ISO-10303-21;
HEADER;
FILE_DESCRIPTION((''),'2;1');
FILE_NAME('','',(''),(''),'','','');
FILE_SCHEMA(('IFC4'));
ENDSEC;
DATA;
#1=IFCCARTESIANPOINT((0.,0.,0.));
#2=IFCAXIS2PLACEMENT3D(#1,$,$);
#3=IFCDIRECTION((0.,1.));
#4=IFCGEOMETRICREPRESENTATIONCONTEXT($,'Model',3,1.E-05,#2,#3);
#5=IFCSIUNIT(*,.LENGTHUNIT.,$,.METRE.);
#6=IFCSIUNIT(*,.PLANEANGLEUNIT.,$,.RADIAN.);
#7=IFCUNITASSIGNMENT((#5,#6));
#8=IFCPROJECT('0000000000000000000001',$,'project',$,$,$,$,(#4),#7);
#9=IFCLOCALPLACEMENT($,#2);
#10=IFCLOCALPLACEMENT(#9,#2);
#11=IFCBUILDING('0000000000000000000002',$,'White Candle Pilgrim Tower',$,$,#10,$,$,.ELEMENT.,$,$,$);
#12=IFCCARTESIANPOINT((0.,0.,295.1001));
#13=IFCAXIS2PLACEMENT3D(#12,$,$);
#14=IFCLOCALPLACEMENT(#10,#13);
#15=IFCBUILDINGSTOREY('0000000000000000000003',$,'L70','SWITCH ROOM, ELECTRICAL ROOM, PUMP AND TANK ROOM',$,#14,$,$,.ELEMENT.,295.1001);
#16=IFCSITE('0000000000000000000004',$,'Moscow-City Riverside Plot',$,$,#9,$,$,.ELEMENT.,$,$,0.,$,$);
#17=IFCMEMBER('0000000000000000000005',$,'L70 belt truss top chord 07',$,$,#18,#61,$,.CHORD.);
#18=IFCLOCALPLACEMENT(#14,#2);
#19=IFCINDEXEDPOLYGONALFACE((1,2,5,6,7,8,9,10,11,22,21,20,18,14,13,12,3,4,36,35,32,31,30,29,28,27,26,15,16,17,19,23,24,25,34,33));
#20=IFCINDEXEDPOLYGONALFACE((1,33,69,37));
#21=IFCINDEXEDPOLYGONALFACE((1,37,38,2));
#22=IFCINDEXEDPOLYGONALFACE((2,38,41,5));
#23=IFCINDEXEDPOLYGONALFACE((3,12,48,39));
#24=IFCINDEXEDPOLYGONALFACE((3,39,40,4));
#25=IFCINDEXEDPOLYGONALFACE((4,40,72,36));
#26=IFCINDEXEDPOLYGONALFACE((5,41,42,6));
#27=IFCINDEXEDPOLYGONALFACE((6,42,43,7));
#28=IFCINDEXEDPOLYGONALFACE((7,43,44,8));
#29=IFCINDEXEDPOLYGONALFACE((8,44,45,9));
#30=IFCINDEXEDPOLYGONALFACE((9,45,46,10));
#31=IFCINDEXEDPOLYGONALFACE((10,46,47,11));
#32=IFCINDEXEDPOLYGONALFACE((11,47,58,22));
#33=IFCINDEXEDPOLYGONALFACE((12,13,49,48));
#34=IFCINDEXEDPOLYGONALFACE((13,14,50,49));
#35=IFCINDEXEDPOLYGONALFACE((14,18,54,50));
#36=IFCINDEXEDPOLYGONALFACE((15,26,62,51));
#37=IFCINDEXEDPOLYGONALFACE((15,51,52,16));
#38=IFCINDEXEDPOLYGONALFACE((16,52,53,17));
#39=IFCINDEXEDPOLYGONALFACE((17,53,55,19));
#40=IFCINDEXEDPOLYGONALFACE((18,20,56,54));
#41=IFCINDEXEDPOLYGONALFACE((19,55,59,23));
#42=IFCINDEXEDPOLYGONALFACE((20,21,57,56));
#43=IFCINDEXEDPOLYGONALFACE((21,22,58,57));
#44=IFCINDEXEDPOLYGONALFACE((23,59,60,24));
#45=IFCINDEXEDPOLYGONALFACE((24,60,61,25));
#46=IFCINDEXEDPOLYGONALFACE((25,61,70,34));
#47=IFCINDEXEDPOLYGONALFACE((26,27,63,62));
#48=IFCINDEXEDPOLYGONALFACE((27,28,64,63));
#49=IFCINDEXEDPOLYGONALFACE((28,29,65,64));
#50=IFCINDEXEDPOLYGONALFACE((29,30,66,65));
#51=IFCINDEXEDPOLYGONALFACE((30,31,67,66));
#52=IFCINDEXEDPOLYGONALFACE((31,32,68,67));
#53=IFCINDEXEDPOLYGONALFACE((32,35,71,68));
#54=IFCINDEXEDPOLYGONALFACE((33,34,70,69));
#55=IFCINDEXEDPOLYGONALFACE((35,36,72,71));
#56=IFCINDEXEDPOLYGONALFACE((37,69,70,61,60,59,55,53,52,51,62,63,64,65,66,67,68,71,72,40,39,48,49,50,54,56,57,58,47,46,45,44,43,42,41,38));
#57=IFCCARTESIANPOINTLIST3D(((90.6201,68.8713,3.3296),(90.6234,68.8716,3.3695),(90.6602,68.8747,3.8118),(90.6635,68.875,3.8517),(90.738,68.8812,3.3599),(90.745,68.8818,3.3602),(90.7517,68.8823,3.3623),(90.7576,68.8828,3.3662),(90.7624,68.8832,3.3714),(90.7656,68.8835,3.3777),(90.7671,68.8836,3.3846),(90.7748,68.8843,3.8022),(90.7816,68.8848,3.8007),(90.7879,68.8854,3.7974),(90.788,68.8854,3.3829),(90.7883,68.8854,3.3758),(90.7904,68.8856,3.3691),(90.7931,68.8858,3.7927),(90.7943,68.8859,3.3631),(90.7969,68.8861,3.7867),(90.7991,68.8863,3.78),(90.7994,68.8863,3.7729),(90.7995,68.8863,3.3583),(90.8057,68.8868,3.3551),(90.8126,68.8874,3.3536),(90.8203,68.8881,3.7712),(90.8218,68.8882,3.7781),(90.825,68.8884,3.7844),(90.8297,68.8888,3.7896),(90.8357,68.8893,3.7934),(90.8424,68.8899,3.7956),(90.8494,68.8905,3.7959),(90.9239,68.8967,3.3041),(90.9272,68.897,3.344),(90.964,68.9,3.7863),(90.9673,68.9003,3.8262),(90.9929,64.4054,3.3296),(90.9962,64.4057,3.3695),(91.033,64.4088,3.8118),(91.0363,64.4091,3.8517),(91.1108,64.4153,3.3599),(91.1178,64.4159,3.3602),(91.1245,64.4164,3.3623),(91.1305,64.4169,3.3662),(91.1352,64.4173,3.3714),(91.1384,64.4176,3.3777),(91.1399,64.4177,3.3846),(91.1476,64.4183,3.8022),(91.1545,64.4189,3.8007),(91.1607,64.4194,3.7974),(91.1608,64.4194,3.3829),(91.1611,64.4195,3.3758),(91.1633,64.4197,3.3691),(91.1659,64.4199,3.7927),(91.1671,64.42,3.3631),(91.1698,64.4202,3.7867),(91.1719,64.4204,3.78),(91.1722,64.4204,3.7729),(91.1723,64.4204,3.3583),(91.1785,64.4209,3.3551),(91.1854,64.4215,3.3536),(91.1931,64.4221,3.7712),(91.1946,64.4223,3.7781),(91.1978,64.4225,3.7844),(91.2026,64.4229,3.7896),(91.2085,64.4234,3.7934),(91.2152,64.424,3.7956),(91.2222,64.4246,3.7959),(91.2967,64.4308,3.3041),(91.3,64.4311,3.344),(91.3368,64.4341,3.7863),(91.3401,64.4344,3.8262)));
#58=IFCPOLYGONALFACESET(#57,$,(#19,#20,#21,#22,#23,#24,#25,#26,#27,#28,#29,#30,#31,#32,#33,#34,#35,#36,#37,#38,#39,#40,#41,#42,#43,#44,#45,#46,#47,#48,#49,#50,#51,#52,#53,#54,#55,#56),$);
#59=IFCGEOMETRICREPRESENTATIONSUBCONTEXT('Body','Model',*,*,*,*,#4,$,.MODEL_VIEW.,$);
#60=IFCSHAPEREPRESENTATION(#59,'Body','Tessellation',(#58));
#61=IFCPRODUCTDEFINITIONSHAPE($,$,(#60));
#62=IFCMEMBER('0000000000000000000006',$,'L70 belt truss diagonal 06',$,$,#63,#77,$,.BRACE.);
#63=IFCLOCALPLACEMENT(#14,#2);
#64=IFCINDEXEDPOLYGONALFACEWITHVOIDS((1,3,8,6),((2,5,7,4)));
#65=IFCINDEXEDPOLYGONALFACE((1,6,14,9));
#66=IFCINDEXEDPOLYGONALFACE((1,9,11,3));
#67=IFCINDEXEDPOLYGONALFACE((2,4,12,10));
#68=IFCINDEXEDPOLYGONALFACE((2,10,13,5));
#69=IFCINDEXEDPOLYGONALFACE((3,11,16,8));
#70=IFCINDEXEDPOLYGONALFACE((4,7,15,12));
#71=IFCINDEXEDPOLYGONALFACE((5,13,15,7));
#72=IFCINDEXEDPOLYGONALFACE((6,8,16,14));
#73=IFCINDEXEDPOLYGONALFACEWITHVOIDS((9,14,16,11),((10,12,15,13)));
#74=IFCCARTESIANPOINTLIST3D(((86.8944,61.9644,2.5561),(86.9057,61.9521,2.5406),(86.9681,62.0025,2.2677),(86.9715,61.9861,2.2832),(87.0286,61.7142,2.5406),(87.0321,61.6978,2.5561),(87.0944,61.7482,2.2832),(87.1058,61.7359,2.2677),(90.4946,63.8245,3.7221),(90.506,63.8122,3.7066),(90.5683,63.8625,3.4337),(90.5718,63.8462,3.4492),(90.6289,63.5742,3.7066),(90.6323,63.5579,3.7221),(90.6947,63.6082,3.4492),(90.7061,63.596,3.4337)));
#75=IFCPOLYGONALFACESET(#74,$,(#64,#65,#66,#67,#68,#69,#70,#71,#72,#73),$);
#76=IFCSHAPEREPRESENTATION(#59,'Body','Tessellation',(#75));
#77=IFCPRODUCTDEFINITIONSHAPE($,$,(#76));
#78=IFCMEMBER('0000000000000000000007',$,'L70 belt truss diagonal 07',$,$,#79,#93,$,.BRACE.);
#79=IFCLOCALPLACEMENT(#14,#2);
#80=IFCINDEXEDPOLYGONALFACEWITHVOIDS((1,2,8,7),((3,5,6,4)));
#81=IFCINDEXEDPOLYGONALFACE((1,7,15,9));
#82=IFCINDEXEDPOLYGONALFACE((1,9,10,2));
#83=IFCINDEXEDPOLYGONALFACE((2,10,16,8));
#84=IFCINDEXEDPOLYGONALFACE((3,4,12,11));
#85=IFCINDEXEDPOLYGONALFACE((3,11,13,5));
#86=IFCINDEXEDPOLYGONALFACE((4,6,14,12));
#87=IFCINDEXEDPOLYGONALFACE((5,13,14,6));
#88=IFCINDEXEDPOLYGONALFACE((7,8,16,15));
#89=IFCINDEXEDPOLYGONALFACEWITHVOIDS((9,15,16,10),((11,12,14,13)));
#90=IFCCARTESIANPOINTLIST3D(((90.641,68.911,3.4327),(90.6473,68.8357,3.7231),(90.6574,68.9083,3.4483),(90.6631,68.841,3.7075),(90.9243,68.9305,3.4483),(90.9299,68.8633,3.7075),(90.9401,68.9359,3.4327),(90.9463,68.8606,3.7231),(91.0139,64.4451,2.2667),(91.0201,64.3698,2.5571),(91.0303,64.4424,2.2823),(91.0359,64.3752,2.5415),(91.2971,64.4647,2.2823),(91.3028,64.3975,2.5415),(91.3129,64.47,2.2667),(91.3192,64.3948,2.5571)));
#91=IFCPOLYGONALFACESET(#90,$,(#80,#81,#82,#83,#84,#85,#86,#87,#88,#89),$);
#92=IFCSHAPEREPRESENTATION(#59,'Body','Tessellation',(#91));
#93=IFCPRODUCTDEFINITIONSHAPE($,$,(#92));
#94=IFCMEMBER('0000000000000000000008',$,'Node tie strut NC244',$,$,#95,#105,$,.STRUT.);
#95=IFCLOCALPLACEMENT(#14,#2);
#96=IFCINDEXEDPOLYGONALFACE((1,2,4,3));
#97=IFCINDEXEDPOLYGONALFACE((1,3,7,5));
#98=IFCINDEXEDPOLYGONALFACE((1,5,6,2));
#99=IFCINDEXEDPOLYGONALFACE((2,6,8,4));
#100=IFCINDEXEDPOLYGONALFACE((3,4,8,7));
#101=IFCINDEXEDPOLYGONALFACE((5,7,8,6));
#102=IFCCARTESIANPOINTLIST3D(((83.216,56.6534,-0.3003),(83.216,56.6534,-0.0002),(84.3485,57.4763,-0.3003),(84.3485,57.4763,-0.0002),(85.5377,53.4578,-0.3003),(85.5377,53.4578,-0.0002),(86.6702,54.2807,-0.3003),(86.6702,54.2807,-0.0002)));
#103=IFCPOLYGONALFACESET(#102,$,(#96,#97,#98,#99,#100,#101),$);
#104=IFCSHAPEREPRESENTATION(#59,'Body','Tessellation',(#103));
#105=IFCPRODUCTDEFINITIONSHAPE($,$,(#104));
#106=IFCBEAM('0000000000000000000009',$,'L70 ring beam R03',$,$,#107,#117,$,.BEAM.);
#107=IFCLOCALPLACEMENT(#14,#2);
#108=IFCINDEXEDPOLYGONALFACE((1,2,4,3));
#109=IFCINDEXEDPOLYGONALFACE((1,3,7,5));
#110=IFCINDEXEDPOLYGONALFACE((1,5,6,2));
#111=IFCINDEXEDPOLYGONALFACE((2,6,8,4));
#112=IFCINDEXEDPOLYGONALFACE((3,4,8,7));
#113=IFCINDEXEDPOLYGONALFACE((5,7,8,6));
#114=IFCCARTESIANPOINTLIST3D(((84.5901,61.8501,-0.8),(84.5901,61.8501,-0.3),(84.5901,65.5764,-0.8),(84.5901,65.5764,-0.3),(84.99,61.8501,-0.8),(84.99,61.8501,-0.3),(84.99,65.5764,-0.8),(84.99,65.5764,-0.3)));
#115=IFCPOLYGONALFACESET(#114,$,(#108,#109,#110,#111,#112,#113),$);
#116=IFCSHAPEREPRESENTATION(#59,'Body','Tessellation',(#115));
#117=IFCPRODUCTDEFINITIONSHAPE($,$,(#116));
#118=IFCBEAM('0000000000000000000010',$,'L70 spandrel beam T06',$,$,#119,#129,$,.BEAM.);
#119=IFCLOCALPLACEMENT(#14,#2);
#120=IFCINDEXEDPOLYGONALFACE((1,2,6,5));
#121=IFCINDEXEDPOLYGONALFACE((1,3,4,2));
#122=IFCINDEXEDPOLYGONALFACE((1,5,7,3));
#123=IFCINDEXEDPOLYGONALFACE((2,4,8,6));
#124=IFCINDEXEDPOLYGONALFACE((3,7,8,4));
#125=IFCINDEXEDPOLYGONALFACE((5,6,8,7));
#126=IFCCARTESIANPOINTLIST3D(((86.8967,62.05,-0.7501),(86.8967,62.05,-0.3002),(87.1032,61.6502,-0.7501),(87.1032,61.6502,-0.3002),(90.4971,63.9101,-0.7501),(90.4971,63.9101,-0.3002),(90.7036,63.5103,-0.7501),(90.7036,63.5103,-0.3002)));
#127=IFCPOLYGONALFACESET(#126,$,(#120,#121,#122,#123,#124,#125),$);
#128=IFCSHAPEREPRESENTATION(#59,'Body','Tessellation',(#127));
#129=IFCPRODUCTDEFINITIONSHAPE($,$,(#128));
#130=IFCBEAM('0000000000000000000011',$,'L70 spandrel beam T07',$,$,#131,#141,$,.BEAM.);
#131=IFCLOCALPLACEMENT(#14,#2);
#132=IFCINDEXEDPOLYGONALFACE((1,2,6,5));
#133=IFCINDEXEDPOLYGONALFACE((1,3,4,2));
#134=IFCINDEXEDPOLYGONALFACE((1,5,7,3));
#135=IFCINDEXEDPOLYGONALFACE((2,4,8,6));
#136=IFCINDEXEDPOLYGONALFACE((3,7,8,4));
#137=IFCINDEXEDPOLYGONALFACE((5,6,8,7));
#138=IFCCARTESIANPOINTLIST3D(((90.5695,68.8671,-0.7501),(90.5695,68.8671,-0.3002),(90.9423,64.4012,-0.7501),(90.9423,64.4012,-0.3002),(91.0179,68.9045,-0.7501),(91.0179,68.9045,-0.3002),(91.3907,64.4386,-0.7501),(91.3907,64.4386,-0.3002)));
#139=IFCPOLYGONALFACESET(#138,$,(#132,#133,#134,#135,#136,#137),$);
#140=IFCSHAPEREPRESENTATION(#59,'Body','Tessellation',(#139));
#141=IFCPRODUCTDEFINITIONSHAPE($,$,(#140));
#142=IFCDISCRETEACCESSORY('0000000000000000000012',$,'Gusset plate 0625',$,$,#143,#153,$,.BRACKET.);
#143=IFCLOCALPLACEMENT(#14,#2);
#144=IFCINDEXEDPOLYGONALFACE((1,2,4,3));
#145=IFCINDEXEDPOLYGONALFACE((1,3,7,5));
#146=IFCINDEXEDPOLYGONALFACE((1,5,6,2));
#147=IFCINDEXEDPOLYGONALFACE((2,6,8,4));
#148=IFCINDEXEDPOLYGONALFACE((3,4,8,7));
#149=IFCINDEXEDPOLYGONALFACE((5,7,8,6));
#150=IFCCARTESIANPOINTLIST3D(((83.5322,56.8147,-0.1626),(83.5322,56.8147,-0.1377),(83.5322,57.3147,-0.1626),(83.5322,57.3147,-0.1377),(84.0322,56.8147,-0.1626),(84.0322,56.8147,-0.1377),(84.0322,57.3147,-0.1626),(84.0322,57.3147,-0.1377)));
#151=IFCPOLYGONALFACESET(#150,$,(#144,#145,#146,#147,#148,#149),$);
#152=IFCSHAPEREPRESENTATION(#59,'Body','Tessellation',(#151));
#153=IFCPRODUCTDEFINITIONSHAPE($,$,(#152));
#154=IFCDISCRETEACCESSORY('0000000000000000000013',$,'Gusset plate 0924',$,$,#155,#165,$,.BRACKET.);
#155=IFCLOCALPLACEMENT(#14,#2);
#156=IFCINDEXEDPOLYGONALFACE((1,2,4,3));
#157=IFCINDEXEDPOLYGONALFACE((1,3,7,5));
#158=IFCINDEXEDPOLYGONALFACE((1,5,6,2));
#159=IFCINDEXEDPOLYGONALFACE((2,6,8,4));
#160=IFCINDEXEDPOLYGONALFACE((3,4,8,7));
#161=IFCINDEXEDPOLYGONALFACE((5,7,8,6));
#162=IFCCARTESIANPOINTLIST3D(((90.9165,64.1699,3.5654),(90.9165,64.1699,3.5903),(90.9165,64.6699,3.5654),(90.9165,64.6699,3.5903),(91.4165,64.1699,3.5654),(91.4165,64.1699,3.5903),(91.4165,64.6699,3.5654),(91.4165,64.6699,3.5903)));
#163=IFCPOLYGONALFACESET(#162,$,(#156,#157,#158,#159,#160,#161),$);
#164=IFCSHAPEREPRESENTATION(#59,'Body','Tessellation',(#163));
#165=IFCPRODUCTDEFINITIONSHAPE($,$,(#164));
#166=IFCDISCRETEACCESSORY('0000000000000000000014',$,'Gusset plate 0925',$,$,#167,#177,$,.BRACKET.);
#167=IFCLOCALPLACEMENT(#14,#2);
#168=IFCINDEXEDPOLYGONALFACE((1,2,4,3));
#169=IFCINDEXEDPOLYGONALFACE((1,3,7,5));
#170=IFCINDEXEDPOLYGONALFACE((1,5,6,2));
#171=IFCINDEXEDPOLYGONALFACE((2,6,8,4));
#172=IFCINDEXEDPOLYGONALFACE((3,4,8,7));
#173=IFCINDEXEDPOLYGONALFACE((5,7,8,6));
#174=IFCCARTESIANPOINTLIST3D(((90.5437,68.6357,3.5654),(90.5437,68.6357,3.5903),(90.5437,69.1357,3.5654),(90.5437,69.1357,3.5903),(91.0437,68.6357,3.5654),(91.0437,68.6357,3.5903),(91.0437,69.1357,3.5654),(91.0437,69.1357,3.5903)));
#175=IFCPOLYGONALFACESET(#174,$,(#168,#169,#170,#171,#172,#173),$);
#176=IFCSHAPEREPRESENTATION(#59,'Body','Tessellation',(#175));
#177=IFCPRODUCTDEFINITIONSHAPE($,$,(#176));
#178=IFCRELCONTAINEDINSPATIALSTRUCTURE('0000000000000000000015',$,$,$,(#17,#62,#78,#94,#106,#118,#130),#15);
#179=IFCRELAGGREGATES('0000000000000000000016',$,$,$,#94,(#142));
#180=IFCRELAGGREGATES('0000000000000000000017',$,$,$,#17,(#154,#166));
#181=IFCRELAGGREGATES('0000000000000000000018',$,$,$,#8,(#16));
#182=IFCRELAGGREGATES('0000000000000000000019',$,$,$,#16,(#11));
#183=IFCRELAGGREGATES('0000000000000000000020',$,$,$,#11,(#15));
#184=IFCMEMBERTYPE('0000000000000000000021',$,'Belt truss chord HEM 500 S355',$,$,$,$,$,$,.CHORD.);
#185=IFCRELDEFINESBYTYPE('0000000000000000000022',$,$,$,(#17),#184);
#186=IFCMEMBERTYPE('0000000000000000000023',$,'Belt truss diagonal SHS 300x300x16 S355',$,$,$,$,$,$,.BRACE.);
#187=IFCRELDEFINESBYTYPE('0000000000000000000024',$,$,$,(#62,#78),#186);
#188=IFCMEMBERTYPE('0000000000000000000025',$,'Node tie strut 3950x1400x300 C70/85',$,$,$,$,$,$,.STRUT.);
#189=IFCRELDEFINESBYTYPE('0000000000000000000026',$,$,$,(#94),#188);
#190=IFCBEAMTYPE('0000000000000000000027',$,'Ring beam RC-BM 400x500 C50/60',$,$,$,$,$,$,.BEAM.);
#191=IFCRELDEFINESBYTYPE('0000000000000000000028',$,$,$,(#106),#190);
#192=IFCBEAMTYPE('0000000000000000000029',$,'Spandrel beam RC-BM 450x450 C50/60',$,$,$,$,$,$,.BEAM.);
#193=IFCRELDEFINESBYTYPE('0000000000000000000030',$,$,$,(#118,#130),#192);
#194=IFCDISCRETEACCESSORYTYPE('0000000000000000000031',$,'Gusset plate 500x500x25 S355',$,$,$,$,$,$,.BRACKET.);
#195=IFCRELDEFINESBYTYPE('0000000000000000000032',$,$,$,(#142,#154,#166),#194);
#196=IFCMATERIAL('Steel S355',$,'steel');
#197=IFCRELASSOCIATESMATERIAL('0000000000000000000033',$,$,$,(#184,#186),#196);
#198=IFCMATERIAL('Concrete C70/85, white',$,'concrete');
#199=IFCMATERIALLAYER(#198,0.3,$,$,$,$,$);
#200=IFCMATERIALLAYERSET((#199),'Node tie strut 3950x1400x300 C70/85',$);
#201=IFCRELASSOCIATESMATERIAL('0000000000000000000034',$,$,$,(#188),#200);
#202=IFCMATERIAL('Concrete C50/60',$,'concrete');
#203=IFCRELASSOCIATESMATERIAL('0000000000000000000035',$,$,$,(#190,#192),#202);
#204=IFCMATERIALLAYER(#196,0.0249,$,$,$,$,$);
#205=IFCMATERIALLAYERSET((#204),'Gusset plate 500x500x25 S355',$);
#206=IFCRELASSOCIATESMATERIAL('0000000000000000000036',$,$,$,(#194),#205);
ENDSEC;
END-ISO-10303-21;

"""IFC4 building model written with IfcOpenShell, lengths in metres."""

from ifc_helpers import new_model, si_unit, direction, frame, origin, origin_2d, place, context, subcontext, project, spatial, rectangle, hollow_rectangle, i_section, extrude, material, layer, layer_set, material_profile, profile_set, type_object, element, aggregate, save


model = new_model("IFC4")

# Units and contexts
model_context = context("Model", 3, precision=1e-05, world=origin(), true_north=direction((0.0, 1.0)))
body_context = subcontext(model_context, "Body", "Model", "MODEL_VIEW")
ifc_project = project(units=[si_unit("LENGTHUNIT", "METRE"), si_unit("PLANEANGLEUNIT", "RADIAN")], contexts=[model_context])

# Site, building, storey
site_placement = place(None, origin())
site = spatial("IfcSite", under=ifc_project, at=site_placement, Name="Moscow-City Riverside Plot", CompositionType="ELEMENT", RefElevation=0.0)
building_placement = place(site_placement, origin())
building = spatial("IfcBuilding", under=site, at=building_placement, Name="White Candle Pilgrim Tower", CompositionType="ELEMENT")
storey_placement = place(building_placement, frame((0.0, 0.0, 295.1001)))
storey = spatial("IfcBuildingStorey", under=building, at=storey_placement, Name="L70", Description="SWITCH ROOM, ELECTRICAL ROOM, PUMP AND TANK ROOM", CompositionType="ELEMENT", Elevation=295.1001)

# Member
ifc_material_1 = material(Name="Steel S355", Category="steel")
ifc_material_profile_1 = material_profile(ifc_material_1, i_section(OverallWidth=0.3059, OverallDepth=0.5239, WebThickness=0.021, FlangeThickness=0.04, FilletRadius=0.0271, at=origin_2d()), Name="HEM 500")
ifc_profile_set_1 = profile_set([ifc_material_profile_1], Name="Steel S355")
member_type_1 = type_object("IfcMemberType", Name="Belt truss chord HEM 500 S355", PredefinedType="CHORD", material=ifc_profile_set_1)
member_1_placement = place(storey_placement, frame((91.1665, 64.4199, 3.5779), z_axis=(-0.08319, 0.996534, 0.0), x_axis=(0.993078, 0.082901, -0.083212)))
member_1 = element("IfcMember", 1, at=member_1_placement, inside=storey, type_object=member_type_1, Name="L70 belt truss top chord 07", PredefinedType="CHORD", context=body_context, shape_type="SweptSolid", body=[
    extrude(i_section(OverallWidth=0.3059, OverallDepth=0.5239, WebThickness=0.021, FlangeThickness=0.04, FilletRadius=0.0271, at=origin_2d()), origin(), (0.0, 0.0, 1.0), 4.4814),
])

# Members
ifc_material_profile_2 = material_profile(ifc_material_1, hollow_rectangle(XDim=0.3, YDim=0.3, WallThickness=0.0161, at=origin_2d()), Name="SHS 300x300x16")
ifc_profile_set_2 = profile_set([ifc_material_profile_2], Name="Steel S355")
member_type_2 = type_object("IfcMemberType", Name="Belt truss diagonal SHS 300x300x16 S355", PredefinedType="BRACE", material=ifc_profile_set_2)
member_2_placement = place(storey_placement, frame((90.6003, 63.7102, 3.5779), z_axis=(-0.853793, -0.44111, -0.276512), x_axis=(0.459007, -0.888433, 0.0)))
element("IfcMember", 2, at=member_2_placement, inside=storey, type_object=member_type_2, Name="L70 belt truss diagonal 06", PredefinedType="BRACE", context=body_context, shape_type="SweptSolid", body=[
    extrude(hollow_rectangle(XDim=0.3, YDim=0.3, WallThickness=0.0161, at=origin_2d()), origin(), (0.0, 0.0, 1.0), 4.2168),
])
member_3_placement = place(storey_placement, frame((91.1665, 64.4199, 2.4119), z_axis=(-0.080509, 0.964422, 0.251809), x_axis=(-0.996534, -0.08319, 0.0)))
element("IfcMember", 3, at=member_3_placement, inside=storey, type_object=member_type_2, Name="L70 belt truss diagonal 07", PredefinedType="BRACE", context=body_context, shape_type="SweptSolid", body=[
    extrude(hollow_rectangle(XDim=0.3, YDim=0.3, WallThickness=0.0161, at=origin_2d()), origin(), (0.0, 0.0, 1.0), 4.6306),
])

# Member
ifc_material_2 = material(Name="Concrete C70/85, white", Category="concrete")
ifc_layer_1 = layer(ifc_material_2, 0.3)
ifc_layer_set_1 = layer_set([ifc_layer_1], Name="Node tie strut 3950x1400x300 C70/85")
member_type_3 = type_object("IfcMemberType", Name="Node tie strut 3950x1400x300 C70/85", PredefinedType="STRUT", material=ifc_layer_set_1)
member_4_placement = place(storey_placement, frame((84.9431, 55.467, -0.3003), z_axis=(0.0, 0.0, 1.0), x_axis=(0.809017, 0.587785, 0.0)))
member_4 = element("IfcMember", 4, at=member_4_placement, inside=storey, type_object=member_type_3, Name="Node tie strut NC244", PredefinedType="STRUT", context=body_context, shape_type="SweptSolid", body=[
    extrude(rectangle(XDim=1.3999, YDim=3.95, at=origin_2d()), origin(), (0.0, 0.0, 1.0), 0.3),
])

# Beams
ifc_material_3 = material(Name="Concrete C50/60", Category="concrete")
ifc_material_profile_3 = material_profile(ifc_material_3, rectangle(XDim=0.3999, YDim=0.5, at=origin_2d()), Name="RC-BM 400x500")
ifc_profile_set_3 = profile_set([ifc_material_profile_3], Name="Concrete C50/60")
beam_type_1 = type_object("IfcBeamType", Name="Ring beam RC-BM 400x500 C50/60", PredefinedType="BEAM", material=ifc_profile_set_3)
beam_1_placement = place(storey_placement, frame((84.79, 65.5764, -0.55), z_axis=(0.0, -1.0, 0.0), x_axis=(1.0, 0.0, 0.0)))
element("IfcBeam", 5, at=beam_1_placement, inside=storey, type_object=beam_type_1, Name="L70 ring beam R03", PredefinedType="BEAM", context=body_context, shape_type="SweptSolid", body=[
    extrude(rectangle(XDim=0.3999, YDim=0.5, at=origin_2d()), origin(), (0.0, 0.0, 1.0), 3.7263),
])
ifc_material_profile_4 = material_profile(ifc_material_3, rectangle(XDim=0.45, YDim=0.45, at=origin_2d()), Name="RC-BM 450x450")
ifc_profile_set_4 = profile_set([ifc_material_profile_4], Name="Concrete C50/60")
beam_type_2 = type_object("IfcBeamType", Name="Spandrel beam RC-BM 450x450 C50/60", PredefinedType="BEAM", material=ifc_profile_set_4)
beam_2_placement = place(storey_placement, frame((90.6003, 63.7102, -0.5251), z_axis=(-0.888433, -0.459007, 0.0), x_axis=(0.459007, -0.888433, 0.0)))
element("IfcBeam", 6, at=beam_2_placement, inside=storey, type_object=beam_type_2, Name="L70 spandrel beam T06", PredefinedType="BEAM", context=body_context, shape_type="SweptSolid", body=[
    extrude(rectangle(XDim=0.45, YDim=0.45, at=origin_2d()), origin(), (0.0, 0.0, 1.0), 4.0525),
])
beam_3_placement = place(storey_placement, frame((91.1665, 64.4199, -0.5251), z_axis=(-0.08319, 0.996534, 0.0), x_axis=(-0.996534, -0.08319, 0.0)))
element("IfcBeam", 7, at=beam_3_placement, inside=storey, type_object=beam_type_2, Name="L70 spandrel beam T07", PredefinedType="BEAM", context=body_context, shape_type="SweptSolid", body=[
    extrude(rectangle(XDim=0.45, YDim=0.45, at=origin_2d()), origin(), (0.0, 0.0, 1.0), 4.4814),
])

# Discrete accessories
ifc_layer_2 = layer(ifc_material_1, 0.0249)
ifc_layer_set_2 = layer_set([ifc_layer_2], Name="Gusset plate 500x500x25 S355")
discrete_accessory_type_1 = type_object("IfcDiscreteAccessoryType", Name="Gusset plate 500x500x25 S355", PredefinedType="BRACKET", material=ifc_layer_set_2)
discrete_accessory_1_placement = place(storey_placement, frame((83.7822, 57.0647, -0.1626), z_axis=(0.0, 0.0, 1.0), x_axis=(1.0, 0.0, 0.0)))
discrete_accessory_1 = element("IfcDiscreteAccessory", 8, at=discrete_accessory_1_placement, type_object=discrete_accessory_type_1, Name="Gusset plate 0625", PredefinedType="BRACKET", context=body_context, shape_type="SweptSolid", body=[
    extrude(rectangle(XDim=0.5, YDim=0.5, at=origin_2d()), origin(), (0.0, 0.0, 1.0), 0.0249),
])
aggregate(member_4, [discrete_accessory_1])
discrete_accessory_2_placement = place(storey_placement, frame((91.1665, 64.4199, 3.5654), z_axis=(0.0, 0.0, 1.0), x_axis=(1.0, 0.0, 0.0)))
discrete_accessory_2 = element("IfcDiscreteAccessory", 9, at=discrete_accessory_2_placement, type_object=discrete_accessory_type_1, Name="Gusset plate 0924", PredefinedType="BRACKET", context=body_context, shape_type="SweptSolid", body=[
    extrude(rectangle(XDim=0.5, YDim=0.5, at=origin_2d()), origin(), (0.0, 0.0, 1.0), 0.0249),
])
discrete_accessory_3_placement = place(storey_placement, frame((90.7937, 68.8857, 3.5654), z_axis=(0.0, 0.0, 1.0), x_axis=(1.0, 0.0, 0.0)))
discrete_accessory_3 = element("IfcDiscreteAccessory", 10, at=discrete_accessory_3_placement, type_object=discrete_accessory_type_1, Name="Gusset plate 0925", PredefinedType="BRACKET", context=body_context, shape_type="SweptSolid", body=[
    extrude(rectangle(XDim=0.5, YDim=0.5, at=origin_2d()), origin(), (0.0, 0.0, 1.0), 0.0249),
])
aggregate(member_1, [discrete_accessory_2, discrete_accessory_3])

save(model, "model.ifc")
